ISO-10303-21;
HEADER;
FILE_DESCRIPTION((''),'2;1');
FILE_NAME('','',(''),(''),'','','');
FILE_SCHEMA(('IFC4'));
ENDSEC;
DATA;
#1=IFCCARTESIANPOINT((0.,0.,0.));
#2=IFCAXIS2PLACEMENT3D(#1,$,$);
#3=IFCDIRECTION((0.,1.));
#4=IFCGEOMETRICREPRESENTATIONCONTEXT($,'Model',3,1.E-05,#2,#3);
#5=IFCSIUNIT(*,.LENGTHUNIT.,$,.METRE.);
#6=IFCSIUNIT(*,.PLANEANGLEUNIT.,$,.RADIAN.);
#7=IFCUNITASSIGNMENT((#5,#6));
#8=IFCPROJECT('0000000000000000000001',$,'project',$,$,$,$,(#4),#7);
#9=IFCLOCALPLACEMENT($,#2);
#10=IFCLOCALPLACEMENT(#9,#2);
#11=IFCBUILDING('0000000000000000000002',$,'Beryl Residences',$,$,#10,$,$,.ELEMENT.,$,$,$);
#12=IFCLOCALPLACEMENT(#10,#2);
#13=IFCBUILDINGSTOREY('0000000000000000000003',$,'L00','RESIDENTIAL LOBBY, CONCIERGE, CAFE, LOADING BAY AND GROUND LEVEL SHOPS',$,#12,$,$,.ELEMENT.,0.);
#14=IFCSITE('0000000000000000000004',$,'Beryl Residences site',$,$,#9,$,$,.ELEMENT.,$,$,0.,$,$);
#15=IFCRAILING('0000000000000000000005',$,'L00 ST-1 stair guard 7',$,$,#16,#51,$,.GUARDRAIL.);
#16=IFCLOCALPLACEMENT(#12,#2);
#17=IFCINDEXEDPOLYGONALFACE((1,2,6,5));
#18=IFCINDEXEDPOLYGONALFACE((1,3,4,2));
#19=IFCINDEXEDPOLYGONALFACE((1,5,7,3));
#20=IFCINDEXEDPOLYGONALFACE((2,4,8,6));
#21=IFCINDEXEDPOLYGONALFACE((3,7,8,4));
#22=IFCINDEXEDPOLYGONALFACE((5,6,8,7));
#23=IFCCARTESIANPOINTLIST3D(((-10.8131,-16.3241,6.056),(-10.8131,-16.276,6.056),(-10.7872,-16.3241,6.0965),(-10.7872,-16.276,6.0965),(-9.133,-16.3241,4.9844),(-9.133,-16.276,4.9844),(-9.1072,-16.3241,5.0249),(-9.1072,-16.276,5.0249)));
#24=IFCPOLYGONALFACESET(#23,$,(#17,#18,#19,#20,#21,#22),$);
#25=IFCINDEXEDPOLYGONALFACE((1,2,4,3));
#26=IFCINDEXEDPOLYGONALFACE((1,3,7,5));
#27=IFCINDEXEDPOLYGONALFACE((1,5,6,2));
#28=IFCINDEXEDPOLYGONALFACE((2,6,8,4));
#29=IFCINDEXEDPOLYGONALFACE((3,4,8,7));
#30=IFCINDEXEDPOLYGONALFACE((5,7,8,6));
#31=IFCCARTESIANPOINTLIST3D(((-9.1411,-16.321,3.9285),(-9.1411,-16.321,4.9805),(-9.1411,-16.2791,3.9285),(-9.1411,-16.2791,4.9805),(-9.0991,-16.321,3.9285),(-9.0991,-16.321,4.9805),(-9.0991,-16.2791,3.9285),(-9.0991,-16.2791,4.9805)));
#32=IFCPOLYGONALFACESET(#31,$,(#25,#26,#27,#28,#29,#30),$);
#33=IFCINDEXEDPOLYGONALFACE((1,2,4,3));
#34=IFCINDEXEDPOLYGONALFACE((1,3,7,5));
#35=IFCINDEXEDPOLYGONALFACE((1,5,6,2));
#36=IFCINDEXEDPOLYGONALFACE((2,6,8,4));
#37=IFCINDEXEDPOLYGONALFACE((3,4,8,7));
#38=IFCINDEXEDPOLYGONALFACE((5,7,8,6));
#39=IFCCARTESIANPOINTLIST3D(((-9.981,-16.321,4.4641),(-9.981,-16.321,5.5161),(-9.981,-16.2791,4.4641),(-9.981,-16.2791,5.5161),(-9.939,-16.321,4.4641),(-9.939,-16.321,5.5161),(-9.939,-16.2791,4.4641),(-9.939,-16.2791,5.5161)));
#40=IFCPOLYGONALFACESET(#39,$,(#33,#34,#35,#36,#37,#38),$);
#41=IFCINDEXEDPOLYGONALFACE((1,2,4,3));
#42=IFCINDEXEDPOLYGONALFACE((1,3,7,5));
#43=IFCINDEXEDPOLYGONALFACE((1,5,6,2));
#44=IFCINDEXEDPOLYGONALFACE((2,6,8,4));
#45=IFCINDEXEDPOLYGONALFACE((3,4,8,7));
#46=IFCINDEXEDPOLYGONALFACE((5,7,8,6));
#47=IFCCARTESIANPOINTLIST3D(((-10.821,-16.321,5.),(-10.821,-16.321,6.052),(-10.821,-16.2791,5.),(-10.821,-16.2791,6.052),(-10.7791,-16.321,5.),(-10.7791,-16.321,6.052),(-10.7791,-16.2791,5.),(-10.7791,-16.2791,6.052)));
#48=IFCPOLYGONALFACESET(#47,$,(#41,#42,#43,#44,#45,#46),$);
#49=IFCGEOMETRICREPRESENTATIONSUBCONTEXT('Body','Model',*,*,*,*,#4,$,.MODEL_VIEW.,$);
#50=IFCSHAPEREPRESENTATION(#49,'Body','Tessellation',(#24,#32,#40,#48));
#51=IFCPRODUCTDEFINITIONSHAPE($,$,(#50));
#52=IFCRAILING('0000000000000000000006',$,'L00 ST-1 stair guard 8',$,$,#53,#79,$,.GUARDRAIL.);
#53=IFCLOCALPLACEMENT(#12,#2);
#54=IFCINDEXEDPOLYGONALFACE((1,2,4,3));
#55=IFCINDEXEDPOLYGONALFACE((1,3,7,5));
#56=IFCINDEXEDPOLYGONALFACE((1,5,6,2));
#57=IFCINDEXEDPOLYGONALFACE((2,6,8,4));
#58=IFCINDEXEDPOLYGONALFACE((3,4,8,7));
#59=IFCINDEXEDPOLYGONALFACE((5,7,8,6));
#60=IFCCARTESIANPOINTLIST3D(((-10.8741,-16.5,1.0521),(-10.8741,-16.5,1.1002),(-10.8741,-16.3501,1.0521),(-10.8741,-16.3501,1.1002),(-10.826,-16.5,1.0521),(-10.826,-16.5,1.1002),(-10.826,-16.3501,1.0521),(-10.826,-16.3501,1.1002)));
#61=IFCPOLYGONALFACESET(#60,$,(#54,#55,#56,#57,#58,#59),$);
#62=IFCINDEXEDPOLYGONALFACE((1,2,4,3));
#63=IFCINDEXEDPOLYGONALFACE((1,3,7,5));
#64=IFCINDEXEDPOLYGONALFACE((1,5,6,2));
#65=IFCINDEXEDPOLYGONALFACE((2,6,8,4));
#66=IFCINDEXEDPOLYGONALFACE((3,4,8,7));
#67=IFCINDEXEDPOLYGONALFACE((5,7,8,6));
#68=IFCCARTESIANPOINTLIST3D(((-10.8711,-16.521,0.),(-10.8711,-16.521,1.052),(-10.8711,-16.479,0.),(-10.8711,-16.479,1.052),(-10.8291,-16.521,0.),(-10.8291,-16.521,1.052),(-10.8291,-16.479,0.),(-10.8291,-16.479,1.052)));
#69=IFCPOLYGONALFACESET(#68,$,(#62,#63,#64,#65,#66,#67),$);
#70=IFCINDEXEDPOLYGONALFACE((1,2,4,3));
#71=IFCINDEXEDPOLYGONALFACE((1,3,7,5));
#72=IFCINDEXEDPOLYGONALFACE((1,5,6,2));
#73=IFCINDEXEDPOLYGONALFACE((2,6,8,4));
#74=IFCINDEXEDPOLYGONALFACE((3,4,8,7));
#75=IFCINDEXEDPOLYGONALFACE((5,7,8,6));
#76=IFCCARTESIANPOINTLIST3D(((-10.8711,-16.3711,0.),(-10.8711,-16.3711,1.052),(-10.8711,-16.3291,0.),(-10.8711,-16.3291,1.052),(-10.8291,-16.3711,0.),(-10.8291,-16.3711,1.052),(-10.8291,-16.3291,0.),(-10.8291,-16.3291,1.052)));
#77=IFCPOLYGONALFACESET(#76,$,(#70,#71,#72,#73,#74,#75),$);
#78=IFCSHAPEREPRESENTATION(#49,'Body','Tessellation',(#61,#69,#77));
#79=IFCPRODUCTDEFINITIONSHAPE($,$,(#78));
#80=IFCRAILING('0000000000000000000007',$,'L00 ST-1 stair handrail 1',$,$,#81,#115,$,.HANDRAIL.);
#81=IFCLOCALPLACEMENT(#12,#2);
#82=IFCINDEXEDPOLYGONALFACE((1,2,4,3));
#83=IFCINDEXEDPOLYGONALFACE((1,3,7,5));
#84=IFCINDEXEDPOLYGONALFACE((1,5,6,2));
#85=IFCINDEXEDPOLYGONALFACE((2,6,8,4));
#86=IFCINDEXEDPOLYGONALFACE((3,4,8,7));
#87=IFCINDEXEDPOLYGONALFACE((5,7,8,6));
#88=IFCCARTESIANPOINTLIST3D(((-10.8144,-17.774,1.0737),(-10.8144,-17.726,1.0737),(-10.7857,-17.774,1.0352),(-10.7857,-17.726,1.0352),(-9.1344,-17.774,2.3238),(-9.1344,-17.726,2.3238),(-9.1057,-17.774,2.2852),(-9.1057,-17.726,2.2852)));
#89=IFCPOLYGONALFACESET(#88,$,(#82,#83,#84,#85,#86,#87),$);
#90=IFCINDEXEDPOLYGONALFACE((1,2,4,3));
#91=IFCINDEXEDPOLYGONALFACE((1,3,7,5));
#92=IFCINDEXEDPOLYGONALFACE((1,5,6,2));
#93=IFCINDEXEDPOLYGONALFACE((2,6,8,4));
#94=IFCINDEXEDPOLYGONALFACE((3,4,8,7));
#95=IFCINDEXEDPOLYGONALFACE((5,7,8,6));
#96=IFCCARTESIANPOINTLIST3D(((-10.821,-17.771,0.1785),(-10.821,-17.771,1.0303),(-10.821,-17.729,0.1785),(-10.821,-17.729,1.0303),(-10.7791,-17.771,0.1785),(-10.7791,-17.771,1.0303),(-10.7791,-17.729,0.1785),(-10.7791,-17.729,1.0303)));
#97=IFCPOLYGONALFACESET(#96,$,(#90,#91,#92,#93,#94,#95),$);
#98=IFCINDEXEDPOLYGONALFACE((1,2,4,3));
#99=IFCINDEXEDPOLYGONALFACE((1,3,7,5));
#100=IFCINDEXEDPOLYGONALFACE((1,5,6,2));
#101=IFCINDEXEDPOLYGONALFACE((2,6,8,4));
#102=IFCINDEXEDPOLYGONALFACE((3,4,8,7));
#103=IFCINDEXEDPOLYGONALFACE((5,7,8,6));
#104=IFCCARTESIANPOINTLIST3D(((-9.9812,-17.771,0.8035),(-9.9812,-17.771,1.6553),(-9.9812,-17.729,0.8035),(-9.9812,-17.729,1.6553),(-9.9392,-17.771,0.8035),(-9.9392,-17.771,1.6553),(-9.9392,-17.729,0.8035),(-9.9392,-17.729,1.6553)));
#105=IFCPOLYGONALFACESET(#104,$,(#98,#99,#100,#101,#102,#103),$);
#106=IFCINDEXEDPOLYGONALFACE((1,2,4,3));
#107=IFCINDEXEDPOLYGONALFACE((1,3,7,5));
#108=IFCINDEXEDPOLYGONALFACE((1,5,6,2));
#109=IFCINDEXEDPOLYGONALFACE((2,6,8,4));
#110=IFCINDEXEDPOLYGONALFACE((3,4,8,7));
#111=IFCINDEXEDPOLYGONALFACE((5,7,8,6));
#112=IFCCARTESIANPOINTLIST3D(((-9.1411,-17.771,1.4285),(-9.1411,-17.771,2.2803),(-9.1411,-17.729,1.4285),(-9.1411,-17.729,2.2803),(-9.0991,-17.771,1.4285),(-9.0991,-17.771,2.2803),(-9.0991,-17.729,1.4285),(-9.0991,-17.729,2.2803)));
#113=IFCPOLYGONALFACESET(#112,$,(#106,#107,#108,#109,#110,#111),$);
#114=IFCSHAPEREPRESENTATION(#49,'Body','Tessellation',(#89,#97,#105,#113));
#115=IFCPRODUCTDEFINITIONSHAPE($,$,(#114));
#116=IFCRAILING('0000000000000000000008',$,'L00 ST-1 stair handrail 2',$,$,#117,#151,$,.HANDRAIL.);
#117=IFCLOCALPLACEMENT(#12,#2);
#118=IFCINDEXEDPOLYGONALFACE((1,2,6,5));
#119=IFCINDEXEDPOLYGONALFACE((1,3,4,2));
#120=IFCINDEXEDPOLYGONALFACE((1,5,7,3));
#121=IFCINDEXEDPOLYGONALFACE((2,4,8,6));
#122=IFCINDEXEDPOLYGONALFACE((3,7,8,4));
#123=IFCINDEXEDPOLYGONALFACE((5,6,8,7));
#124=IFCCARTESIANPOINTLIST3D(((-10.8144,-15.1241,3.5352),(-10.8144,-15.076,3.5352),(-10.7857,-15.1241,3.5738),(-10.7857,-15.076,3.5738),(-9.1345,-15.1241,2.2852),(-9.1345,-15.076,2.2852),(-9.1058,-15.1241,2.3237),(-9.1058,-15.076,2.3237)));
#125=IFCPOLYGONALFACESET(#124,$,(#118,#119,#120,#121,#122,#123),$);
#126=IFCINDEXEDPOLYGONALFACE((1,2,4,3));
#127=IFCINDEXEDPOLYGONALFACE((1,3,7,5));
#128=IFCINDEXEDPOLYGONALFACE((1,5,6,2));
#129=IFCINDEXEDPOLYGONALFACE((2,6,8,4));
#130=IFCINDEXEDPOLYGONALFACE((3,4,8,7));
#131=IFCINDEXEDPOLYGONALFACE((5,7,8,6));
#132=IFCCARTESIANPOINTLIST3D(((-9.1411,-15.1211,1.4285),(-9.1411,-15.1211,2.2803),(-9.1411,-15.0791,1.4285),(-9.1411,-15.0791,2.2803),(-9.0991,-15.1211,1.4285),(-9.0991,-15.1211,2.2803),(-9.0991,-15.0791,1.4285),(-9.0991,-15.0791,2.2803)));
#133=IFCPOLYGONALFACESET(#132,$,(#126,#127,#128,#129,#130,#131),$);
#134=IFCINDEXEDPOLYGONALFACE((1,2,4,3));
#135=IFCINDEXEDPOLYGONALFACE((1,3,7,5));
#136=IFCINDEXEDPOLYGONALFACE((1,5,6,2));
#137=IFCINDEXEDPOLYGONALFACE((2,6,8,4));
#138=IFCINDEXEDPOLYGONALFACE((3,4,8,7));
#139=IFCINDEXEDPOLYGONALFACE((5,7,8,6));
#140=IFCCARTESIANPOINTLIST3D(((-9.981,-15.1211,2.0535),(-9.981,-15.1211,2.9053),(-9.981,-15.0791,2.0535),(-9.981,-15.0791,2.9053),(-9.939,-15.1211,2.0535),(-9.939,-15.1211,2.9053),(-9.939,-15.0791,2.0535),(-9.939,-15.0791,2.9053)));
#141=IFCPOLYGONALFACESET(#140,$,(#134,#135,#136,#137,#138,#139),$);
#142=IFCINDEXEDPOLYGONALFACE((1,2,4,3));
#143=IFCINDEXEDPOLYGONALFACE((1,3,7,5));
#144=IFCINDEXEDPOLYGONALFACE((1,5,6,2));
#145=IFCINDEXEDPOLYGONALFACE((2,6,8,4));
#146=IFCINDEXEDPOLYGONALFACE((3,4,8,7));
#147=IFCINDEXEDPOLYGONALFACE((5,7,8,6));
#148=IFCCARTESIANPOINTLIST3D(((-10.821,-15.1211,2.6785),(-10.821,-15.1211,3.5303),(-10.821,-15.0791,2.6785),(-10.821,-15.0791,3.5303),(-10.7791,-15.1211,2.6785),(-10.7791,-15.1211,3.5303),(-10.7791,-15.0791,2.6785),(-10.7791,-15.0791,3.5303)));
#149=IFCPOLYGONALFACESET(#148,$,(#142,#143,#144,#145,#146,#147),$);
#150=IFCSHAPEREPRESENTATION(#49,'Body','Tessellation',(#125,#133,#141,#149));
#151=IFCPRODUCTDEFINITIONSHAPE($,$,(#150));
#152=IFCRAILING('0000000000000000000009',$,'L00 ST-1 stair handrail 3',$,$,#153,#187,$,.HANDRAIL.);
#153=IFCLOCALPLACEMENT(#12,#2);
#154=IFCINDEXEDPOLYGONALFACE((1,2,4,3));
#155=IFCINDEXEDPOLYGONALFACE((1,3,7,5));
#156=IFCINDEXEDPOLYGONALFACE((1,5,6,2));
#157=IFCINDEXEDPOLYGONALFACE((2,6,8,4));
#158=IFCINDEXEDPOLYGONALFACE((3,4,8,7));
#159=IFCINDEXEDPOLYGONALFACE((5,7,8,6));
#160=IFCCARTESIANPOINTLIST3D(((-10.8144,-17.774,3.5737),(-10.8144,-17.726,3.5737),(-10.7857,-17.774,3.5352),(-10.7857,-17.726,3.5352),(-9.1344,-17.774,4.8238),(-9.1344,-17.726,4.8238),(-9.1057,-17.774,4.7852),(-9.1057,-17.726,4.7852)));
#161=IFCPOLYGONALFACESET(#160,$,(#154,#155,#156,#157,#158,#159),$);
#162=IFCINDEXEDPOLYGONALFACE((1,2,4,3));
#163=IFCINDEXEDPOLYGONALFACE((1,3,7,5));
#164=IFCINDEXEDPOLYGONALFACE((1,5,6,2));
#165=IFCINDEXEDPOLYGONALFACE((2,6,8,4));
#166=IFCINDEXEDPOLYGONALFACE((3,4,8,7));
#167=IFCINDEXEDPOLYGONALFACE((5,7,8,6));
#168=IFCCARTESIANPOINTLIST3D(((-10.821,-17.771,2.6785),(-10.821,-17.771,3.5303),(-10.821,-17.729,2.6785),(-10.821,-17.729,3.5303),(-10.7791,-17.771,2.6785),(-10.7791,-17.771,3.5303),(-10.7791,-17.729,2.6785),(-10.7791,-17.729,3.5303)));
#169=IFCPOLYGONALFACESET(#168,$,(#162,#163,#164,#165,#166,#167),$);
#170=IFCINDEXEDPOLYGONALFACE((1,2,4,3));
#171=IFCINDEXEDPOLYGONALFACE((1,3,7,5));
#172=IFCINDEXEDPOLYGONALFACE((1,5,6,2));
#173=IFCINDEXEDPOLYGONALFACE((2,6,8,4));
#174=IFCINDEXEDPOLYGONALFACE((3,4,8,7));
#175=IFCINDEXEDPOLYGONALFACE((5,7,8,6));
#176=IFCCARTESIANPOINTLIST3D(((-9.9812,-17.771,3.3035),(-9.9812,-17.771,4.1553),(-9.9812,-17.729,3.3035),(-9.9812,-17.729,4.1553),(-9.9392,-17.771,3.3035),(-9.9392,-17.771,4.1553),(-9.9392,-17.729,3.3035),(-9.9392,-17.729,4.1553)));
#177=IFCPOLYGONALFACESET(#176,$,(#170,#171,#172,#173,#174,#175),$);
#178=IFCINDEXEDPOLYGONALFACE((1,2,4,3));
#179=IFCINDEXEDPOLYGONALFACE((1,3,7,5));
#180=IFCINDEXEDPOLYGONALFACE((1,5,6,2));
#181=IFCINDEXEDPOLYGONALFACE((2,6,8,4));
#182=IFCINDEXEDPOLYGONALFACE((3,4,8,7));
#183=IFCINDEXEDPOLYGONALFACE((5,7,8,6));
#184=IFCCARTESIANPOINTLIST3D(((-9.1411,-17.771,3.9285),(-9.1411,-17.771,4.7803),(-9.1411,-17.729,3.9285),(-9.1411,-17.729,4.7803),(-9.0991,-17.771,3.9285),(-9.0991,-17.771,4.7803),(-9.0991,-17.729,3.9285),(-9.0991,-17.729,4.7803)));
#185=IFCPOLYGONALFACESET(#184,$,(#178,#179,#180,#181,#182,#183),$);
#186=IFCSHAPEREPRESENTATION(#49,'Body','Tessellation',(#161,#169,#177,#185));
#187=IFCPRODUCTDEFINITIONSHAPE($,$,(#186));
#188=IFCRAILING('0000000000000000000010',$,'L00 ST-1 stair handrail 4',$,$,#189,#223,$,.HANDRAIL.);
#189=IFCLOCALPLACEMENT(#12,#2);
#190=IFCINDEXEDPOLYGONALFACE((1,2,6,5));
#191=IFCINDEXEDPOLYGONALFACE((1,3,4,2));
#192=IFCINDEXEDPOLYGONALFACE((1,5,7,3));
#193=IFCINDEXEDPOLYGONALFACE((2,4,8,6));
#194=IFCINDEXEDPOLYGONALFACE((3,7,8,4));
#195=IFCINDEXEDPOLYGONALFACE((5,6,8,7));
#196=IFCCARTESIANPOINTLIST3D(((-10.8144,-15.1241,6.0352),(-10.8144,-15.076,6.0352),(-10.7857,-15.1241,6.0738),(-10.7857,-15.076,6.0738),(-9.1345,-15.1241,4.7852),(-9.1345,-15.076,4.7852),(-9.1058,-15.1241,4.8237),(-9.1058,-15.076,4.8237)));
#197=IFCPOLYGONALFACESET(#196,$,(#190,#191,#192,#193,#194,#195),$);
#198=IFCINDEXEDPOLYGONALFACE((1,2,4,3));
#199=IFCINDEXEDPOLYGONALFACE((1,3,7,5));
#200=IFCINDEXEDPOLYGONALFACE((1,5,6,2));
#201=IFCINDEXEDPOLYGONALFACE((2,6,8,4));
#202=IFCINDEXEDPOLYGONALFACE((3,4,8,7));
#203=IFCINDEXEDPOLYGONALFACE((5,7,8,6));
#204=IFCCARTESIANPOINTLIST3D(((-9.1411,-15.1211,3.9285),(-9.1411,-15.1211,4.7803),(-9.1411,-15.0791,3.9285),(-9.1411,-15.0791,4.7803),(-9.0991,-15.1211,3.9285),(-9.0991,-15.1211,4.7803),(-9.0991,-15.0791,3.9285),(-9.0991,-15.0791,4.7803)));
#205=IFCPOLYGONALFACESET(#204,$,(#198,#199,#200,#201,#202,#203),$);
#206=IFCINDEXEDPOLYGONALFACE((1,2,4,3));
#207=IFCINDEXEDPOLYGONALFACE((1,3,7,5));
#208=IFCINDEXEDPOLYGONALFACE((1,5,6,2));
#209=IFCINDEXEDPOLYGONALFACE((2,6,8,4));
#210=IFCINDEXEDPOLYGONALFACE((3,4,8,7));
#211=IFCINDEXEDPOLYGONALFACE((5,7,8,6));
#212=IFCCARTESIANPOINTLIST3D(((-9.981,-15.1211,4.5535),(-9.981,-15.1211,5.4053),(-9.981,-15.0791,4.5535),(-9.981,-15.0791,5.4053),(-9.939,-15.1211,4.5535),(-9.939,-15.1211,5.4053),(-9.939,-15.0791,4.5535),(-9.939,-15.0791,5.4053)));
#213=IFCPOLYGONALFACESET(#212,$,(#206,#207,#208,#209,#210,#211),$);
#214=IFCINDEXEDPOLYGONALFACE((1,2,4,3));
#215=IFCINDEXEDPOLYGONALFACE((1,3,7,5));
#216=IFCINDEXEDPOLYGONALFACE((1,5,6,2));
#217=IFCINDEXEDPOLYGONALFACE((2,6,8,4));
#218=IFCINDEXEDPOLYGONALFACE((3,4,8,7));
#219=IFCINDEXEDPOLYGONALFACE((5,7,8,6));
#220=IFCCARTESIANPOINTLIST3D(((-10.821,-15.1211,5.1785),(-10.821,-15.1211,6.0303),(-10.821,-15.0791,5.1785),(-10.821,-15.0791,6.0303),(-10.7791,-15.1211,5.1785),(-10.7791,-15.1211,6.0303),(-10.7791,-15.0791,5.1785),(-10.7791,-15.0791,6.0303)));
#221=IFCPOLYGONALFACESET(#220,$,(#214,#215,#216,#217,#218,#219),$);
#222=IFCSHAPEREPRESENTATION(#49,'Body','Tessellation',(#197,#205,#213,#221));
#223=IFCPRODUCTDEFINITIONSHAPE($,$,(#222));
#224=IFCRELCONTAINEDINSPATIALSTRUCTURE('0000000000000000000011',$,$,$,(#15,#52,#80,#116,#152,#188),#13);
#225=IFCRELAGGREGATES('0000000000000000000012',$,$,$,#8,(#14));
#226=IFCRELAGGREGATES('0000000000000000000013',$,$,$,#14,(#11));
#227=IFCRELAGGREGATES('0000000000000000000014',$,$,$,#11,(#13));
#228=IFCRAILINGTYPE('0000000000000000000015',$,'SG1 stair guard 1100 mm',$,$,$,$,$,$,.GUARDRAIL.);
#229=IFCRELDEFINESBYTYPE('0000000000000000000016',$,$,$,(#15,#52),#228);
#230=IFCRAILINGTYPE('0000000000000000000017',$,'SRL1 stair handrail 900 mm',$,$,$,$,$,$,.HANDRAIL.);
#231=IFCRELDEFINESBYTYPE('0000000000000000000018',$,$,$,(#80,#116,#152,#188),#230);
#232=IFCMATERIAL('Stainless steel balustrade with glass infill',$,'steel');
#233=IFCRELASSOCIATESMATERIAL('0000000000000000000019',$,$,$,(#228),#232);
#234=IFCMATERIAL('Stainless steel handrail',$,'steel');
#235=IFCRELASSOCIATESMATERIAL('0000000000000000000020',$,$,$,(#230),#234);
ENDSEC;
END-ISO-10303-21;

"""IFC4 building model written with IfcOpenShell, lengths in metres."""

from ifc_helpers import new_model, si_unit, direction, frame, origin, origin_2d, place, context, subcontext, project, spatial, rectangle, extrude, material, type_object, element, save


model = new_model("IFC4")

# Units and contexts
model_context = context("Model", 3, precision=1e-05, world=origin(), true_north=direction((0.0, 1.0)))
body_context = subcontext(model_context, "Body", "Model", "MODEL_VIEW")
ifc_project = project(units=[si_unit("LENGTHUNIT", "METRE"), si_unit("PLANEANGLEUNIT", "RADIAN")], contexts=[model_context])

# Site, building, storey
site_placement = place(None, origin())
site = spatial("IfcSite", under=ifc_project, at=site_placement, Name="Beryl Residences site", CompositionType="ELEMENT", RefElevation=0.0)
building_placement = place(site_placement, origin())
building = spatial("IfcBuilding", under=site, at=building_placement, Name="Beryl Residences", CompositionType="ELEMENT")
storey_placement = place(building_placement, origin())
storey = spatial("IfcBuildingStorey", under=building, at=storey_placement, Name="L00", Description="RESIDENTIAL LOBBY, CONCIERGE, CAFE, LOADING BAY AND GROUND LEVEL SHOPS", CompositionType="ELEMENT", Elevation=0.0)

# Railings
ifc_material_1 = material(Name="Stainless steel balustrade with glass infill", Category="steel")
railing_type_1 = type_object("IfcRailingType", Name="SG1 stair guard 1100 mm", PredefinedType="GUARDRAIL", material=ifc_material_1)
railing_1_placement = place(storey_placement, frame((-9.1201, -16.3, 3.9285)))
element("IfcRailing", 1, at=railing_1_placement, inside=storey, type_object=railing_type_1, Name="L00 ST-1 stair guard 7", PredefinedType="GUARDRAIL", context=body_context, shape_type="SweptSolid", body=[
    extrude(rectangle(XDim=0.0481, YDim=0.0481, at=origin_2d()), frame((0.0, 0.0, 1.0762), z_axis=(-0.843096, 0.0, 0.537763), x_axis=(0.0, -1.0, 0.0)), (0.0, 0.0, 1.0), 1.9927),
    extrude(rectangle(XDim=0.042, YDim=0.042, at=origin_2d()), origin(), (0.0, 0.0, 1.0), 1.052),
    extrude(rectangle(XDim=0.042, YDim=0.042, at=origin_2d()), frame((-0.8398, 0.0, 0.5356)), (0.0, 0.0, 1.0), 1.052),
    extrude(rectangle(XDim=0.042, YDim=0.042, at=origin_2d()), frame((-1.6799, 0.0, 1.0715)), (0.0, 0.0, 1.0), 1.052),
])
railing_2_placement = place(storey_placement, frame((-10.8501, -16.5, 0.0)))
element("IfcRailing", 2, at=railing_2_placement, inside=storey, type_object=railing_type_1, Name="L00 ST-1 stair guard 8", PredefinedType="GUARDRAIL", context=body_context, shape_type="SweptSolid", body=[
    extrude(rectangle(XDim=0.0481, YDim=0.0481, at=origin_2d()), frame((0.0, 0.0, 1.0762), z_axis=(0.0, 1.0, 0.0), x_axis=(-1.0, 0.0, 0.0)), (0.0, 0.0, 1.0), 0.1499),
    extrude(rectangle(XDim=0.042, YDim=0.042, at=origin_2d()), origin(), (0.0, 0.0, 1.0), 1.052),
    extrude(rectangle(XDim=0.042, YDim=0.042, at=origin_2d()), frame((0.0, 0.1499, 0.0)), (0.0, 0.0, 1.0), 1.052),
])
ifc_material_2 = material(Name="Stainless steel handrail", Category="steel")
railing_type_2 = type_object("IfcRailingType", Name="SRL1 stair handrail 900 mm", PredefinedType="HANDRAIL", material=ifc_material_2)
railing_3_placement = place(storey_placement, frame((-10.8, -17.75, 0.1785)))
element("IfcRailing", 3, at=railing_3_placement, inside=storey, type_object=railing_type_2, Name="L00 ST-1 stair handrail 1", PredefinedType="HANDRAIL", context=body_context, shape_type="SweptSolid", body=[
    extrude(rectangle(XDim=0.0481, YDim=0.0481, at=origin_2d()), frame((0.0, 0.0, 0.876), z_axis=(0.802275, 0.0, 0.596955), x_axis=(0.0, 1.0, 0.0)), (0.0, 0.0, 1.0), 2.094),
    extrude(rectangle(XDim=0.042, YDim=0.042, at=origin_2d()), origin(), (0.0, 0.0, 1.0), 0.8518),
    extrude(rectangle(XDim=0.042, YDim=0.042, at=origin_2d()), frame((0.8398, 0.0, 0.625)), (0.0, 0.0, 1.0), 0.8518),
    extrude(rectangle(XDim=0.042, YDim=0.042, at=origin_2d()), frame((1.6799, 0.0, 1.25)), (0.0, 0.0, 1.0), 0.8518),
])
railing_4_placement = place(storey_placement, frame((-9.1201, -15.1001, 1.4285)))
element("IfcRailing", 4, at=railing_4_placement, inside=storey, type_object=railing_type_2, Name="L00 ST-1 stair handrail 2", PredefinedType="HANDRAIL", context=body_context, shape_type="SweptSolid", body=[
    extrude(rectangle(XDim=0.0481, YDim=0.0481, at=origin_2d()), frame((0.0, 0.0, 0.876), z_axis=(-0.802275, 0.0, 0.596955), x_axis=(0.0, -1.0, 0.0)), (0.0, 0.0, 1.0), 2.094),
    extrude(rectangle(XDim=0.042, YDim=0.042, at=origin_2d()), origin(), (0.0, 0.0, 1.0), 0.8518),
    extrude(rectangle(XDim=0.042, YDim=0.042, at=origin_2d()), frame((-0.8398, 0.0, 0.625)), (0.0, 0.0, 1.0), 0.8518),
    extrude(rectangle(XDim=0.042, YDim=0.042, at=origin_2d()), frame((-1.6799, 0.0, 1.25)), (0.0, 0.0, 1.0), 0.8518),
])
railing_5_placement = place(storey_placement, frame((-10.8, -17.75, 2.6785)))
element("IfcRailing", 5, at=railing_5_placement, inside=storey, type_object=railing_type_2, Name="L00 ST-1 stair handrail 3", PredefinedType="HANDRAIL", context=body_context, shape_type="SweptSolid", body=[
    extrude(rectangle(XDim=0.0481, YDim=0.0481, at=origin_2d()), frame((0.0, 0.0, 0.876), z_axis=(0.802275, 0.0, 0.596955), x_axis=(0.0, 1.0, 0.0)), (0.0, 0.0, 1.0), 2.094),
    extrude(rectangle(XDim=0.042, YDim=0.042, at=origin_2d()), origin(), (0.0, 0.0, 1.0), 0.8518),
    extrude(rectangle(XDim=0.042, YDim=0.042, at=origin_2d()), frame((0.8398, 0.0, 0.625)), (0.0, 0.0, 1.0), 0.8518),
    extrude(rectangle(XDim=0.042, YDim=0.042, at=origin_2d()), frame((1.6799, 0.0, 1.25)), (0.0, 0.0, 1.0), 0.8518),
])
railing_6_placement = place(storey_placement, frame((-9.1201, -15.1001, 3.9285)))
element("IfcRailing", 6, at=railing_6_placement, inside=storey, type_object=railing_type_2, Name="L00 ST-1 stair handrail 4", PredefinedType="HANDRAIL", context=body_context, shape_type="SweptSolid", body=[
    extrude(rectangle(XDim=0.0481, YDim=0.0481, at=origin_2d()), frame((0.0, 0.0, 0.876), z_axis=(-0.802275, 0.0, 0.596955), x_axis=(0.0, -1.0, 0.0)), (0.0, 0.0, 1.0), 2.094),
    extrude(rectangle(XDim=0.042, YDim=0.042, at=origin_2d()), origin(), (0.0, 0.0, 1.0), 0.8518),
    extrude(rectangle(XDim=0.042, YDim=0.042, at=origin_2d()), frame((-0.8398, 0.0, 0.625)), (0.0, 0.0, 1.0), 0.8518),
    extrude(rectangle(XDim=0.042, YDim=0.042, at=origin_2d()), frame((-1.6799, 0.0, 1.25)), (0.0, 0.0, 1.0), 0.8518),
])

save(model, "model.ifc")
